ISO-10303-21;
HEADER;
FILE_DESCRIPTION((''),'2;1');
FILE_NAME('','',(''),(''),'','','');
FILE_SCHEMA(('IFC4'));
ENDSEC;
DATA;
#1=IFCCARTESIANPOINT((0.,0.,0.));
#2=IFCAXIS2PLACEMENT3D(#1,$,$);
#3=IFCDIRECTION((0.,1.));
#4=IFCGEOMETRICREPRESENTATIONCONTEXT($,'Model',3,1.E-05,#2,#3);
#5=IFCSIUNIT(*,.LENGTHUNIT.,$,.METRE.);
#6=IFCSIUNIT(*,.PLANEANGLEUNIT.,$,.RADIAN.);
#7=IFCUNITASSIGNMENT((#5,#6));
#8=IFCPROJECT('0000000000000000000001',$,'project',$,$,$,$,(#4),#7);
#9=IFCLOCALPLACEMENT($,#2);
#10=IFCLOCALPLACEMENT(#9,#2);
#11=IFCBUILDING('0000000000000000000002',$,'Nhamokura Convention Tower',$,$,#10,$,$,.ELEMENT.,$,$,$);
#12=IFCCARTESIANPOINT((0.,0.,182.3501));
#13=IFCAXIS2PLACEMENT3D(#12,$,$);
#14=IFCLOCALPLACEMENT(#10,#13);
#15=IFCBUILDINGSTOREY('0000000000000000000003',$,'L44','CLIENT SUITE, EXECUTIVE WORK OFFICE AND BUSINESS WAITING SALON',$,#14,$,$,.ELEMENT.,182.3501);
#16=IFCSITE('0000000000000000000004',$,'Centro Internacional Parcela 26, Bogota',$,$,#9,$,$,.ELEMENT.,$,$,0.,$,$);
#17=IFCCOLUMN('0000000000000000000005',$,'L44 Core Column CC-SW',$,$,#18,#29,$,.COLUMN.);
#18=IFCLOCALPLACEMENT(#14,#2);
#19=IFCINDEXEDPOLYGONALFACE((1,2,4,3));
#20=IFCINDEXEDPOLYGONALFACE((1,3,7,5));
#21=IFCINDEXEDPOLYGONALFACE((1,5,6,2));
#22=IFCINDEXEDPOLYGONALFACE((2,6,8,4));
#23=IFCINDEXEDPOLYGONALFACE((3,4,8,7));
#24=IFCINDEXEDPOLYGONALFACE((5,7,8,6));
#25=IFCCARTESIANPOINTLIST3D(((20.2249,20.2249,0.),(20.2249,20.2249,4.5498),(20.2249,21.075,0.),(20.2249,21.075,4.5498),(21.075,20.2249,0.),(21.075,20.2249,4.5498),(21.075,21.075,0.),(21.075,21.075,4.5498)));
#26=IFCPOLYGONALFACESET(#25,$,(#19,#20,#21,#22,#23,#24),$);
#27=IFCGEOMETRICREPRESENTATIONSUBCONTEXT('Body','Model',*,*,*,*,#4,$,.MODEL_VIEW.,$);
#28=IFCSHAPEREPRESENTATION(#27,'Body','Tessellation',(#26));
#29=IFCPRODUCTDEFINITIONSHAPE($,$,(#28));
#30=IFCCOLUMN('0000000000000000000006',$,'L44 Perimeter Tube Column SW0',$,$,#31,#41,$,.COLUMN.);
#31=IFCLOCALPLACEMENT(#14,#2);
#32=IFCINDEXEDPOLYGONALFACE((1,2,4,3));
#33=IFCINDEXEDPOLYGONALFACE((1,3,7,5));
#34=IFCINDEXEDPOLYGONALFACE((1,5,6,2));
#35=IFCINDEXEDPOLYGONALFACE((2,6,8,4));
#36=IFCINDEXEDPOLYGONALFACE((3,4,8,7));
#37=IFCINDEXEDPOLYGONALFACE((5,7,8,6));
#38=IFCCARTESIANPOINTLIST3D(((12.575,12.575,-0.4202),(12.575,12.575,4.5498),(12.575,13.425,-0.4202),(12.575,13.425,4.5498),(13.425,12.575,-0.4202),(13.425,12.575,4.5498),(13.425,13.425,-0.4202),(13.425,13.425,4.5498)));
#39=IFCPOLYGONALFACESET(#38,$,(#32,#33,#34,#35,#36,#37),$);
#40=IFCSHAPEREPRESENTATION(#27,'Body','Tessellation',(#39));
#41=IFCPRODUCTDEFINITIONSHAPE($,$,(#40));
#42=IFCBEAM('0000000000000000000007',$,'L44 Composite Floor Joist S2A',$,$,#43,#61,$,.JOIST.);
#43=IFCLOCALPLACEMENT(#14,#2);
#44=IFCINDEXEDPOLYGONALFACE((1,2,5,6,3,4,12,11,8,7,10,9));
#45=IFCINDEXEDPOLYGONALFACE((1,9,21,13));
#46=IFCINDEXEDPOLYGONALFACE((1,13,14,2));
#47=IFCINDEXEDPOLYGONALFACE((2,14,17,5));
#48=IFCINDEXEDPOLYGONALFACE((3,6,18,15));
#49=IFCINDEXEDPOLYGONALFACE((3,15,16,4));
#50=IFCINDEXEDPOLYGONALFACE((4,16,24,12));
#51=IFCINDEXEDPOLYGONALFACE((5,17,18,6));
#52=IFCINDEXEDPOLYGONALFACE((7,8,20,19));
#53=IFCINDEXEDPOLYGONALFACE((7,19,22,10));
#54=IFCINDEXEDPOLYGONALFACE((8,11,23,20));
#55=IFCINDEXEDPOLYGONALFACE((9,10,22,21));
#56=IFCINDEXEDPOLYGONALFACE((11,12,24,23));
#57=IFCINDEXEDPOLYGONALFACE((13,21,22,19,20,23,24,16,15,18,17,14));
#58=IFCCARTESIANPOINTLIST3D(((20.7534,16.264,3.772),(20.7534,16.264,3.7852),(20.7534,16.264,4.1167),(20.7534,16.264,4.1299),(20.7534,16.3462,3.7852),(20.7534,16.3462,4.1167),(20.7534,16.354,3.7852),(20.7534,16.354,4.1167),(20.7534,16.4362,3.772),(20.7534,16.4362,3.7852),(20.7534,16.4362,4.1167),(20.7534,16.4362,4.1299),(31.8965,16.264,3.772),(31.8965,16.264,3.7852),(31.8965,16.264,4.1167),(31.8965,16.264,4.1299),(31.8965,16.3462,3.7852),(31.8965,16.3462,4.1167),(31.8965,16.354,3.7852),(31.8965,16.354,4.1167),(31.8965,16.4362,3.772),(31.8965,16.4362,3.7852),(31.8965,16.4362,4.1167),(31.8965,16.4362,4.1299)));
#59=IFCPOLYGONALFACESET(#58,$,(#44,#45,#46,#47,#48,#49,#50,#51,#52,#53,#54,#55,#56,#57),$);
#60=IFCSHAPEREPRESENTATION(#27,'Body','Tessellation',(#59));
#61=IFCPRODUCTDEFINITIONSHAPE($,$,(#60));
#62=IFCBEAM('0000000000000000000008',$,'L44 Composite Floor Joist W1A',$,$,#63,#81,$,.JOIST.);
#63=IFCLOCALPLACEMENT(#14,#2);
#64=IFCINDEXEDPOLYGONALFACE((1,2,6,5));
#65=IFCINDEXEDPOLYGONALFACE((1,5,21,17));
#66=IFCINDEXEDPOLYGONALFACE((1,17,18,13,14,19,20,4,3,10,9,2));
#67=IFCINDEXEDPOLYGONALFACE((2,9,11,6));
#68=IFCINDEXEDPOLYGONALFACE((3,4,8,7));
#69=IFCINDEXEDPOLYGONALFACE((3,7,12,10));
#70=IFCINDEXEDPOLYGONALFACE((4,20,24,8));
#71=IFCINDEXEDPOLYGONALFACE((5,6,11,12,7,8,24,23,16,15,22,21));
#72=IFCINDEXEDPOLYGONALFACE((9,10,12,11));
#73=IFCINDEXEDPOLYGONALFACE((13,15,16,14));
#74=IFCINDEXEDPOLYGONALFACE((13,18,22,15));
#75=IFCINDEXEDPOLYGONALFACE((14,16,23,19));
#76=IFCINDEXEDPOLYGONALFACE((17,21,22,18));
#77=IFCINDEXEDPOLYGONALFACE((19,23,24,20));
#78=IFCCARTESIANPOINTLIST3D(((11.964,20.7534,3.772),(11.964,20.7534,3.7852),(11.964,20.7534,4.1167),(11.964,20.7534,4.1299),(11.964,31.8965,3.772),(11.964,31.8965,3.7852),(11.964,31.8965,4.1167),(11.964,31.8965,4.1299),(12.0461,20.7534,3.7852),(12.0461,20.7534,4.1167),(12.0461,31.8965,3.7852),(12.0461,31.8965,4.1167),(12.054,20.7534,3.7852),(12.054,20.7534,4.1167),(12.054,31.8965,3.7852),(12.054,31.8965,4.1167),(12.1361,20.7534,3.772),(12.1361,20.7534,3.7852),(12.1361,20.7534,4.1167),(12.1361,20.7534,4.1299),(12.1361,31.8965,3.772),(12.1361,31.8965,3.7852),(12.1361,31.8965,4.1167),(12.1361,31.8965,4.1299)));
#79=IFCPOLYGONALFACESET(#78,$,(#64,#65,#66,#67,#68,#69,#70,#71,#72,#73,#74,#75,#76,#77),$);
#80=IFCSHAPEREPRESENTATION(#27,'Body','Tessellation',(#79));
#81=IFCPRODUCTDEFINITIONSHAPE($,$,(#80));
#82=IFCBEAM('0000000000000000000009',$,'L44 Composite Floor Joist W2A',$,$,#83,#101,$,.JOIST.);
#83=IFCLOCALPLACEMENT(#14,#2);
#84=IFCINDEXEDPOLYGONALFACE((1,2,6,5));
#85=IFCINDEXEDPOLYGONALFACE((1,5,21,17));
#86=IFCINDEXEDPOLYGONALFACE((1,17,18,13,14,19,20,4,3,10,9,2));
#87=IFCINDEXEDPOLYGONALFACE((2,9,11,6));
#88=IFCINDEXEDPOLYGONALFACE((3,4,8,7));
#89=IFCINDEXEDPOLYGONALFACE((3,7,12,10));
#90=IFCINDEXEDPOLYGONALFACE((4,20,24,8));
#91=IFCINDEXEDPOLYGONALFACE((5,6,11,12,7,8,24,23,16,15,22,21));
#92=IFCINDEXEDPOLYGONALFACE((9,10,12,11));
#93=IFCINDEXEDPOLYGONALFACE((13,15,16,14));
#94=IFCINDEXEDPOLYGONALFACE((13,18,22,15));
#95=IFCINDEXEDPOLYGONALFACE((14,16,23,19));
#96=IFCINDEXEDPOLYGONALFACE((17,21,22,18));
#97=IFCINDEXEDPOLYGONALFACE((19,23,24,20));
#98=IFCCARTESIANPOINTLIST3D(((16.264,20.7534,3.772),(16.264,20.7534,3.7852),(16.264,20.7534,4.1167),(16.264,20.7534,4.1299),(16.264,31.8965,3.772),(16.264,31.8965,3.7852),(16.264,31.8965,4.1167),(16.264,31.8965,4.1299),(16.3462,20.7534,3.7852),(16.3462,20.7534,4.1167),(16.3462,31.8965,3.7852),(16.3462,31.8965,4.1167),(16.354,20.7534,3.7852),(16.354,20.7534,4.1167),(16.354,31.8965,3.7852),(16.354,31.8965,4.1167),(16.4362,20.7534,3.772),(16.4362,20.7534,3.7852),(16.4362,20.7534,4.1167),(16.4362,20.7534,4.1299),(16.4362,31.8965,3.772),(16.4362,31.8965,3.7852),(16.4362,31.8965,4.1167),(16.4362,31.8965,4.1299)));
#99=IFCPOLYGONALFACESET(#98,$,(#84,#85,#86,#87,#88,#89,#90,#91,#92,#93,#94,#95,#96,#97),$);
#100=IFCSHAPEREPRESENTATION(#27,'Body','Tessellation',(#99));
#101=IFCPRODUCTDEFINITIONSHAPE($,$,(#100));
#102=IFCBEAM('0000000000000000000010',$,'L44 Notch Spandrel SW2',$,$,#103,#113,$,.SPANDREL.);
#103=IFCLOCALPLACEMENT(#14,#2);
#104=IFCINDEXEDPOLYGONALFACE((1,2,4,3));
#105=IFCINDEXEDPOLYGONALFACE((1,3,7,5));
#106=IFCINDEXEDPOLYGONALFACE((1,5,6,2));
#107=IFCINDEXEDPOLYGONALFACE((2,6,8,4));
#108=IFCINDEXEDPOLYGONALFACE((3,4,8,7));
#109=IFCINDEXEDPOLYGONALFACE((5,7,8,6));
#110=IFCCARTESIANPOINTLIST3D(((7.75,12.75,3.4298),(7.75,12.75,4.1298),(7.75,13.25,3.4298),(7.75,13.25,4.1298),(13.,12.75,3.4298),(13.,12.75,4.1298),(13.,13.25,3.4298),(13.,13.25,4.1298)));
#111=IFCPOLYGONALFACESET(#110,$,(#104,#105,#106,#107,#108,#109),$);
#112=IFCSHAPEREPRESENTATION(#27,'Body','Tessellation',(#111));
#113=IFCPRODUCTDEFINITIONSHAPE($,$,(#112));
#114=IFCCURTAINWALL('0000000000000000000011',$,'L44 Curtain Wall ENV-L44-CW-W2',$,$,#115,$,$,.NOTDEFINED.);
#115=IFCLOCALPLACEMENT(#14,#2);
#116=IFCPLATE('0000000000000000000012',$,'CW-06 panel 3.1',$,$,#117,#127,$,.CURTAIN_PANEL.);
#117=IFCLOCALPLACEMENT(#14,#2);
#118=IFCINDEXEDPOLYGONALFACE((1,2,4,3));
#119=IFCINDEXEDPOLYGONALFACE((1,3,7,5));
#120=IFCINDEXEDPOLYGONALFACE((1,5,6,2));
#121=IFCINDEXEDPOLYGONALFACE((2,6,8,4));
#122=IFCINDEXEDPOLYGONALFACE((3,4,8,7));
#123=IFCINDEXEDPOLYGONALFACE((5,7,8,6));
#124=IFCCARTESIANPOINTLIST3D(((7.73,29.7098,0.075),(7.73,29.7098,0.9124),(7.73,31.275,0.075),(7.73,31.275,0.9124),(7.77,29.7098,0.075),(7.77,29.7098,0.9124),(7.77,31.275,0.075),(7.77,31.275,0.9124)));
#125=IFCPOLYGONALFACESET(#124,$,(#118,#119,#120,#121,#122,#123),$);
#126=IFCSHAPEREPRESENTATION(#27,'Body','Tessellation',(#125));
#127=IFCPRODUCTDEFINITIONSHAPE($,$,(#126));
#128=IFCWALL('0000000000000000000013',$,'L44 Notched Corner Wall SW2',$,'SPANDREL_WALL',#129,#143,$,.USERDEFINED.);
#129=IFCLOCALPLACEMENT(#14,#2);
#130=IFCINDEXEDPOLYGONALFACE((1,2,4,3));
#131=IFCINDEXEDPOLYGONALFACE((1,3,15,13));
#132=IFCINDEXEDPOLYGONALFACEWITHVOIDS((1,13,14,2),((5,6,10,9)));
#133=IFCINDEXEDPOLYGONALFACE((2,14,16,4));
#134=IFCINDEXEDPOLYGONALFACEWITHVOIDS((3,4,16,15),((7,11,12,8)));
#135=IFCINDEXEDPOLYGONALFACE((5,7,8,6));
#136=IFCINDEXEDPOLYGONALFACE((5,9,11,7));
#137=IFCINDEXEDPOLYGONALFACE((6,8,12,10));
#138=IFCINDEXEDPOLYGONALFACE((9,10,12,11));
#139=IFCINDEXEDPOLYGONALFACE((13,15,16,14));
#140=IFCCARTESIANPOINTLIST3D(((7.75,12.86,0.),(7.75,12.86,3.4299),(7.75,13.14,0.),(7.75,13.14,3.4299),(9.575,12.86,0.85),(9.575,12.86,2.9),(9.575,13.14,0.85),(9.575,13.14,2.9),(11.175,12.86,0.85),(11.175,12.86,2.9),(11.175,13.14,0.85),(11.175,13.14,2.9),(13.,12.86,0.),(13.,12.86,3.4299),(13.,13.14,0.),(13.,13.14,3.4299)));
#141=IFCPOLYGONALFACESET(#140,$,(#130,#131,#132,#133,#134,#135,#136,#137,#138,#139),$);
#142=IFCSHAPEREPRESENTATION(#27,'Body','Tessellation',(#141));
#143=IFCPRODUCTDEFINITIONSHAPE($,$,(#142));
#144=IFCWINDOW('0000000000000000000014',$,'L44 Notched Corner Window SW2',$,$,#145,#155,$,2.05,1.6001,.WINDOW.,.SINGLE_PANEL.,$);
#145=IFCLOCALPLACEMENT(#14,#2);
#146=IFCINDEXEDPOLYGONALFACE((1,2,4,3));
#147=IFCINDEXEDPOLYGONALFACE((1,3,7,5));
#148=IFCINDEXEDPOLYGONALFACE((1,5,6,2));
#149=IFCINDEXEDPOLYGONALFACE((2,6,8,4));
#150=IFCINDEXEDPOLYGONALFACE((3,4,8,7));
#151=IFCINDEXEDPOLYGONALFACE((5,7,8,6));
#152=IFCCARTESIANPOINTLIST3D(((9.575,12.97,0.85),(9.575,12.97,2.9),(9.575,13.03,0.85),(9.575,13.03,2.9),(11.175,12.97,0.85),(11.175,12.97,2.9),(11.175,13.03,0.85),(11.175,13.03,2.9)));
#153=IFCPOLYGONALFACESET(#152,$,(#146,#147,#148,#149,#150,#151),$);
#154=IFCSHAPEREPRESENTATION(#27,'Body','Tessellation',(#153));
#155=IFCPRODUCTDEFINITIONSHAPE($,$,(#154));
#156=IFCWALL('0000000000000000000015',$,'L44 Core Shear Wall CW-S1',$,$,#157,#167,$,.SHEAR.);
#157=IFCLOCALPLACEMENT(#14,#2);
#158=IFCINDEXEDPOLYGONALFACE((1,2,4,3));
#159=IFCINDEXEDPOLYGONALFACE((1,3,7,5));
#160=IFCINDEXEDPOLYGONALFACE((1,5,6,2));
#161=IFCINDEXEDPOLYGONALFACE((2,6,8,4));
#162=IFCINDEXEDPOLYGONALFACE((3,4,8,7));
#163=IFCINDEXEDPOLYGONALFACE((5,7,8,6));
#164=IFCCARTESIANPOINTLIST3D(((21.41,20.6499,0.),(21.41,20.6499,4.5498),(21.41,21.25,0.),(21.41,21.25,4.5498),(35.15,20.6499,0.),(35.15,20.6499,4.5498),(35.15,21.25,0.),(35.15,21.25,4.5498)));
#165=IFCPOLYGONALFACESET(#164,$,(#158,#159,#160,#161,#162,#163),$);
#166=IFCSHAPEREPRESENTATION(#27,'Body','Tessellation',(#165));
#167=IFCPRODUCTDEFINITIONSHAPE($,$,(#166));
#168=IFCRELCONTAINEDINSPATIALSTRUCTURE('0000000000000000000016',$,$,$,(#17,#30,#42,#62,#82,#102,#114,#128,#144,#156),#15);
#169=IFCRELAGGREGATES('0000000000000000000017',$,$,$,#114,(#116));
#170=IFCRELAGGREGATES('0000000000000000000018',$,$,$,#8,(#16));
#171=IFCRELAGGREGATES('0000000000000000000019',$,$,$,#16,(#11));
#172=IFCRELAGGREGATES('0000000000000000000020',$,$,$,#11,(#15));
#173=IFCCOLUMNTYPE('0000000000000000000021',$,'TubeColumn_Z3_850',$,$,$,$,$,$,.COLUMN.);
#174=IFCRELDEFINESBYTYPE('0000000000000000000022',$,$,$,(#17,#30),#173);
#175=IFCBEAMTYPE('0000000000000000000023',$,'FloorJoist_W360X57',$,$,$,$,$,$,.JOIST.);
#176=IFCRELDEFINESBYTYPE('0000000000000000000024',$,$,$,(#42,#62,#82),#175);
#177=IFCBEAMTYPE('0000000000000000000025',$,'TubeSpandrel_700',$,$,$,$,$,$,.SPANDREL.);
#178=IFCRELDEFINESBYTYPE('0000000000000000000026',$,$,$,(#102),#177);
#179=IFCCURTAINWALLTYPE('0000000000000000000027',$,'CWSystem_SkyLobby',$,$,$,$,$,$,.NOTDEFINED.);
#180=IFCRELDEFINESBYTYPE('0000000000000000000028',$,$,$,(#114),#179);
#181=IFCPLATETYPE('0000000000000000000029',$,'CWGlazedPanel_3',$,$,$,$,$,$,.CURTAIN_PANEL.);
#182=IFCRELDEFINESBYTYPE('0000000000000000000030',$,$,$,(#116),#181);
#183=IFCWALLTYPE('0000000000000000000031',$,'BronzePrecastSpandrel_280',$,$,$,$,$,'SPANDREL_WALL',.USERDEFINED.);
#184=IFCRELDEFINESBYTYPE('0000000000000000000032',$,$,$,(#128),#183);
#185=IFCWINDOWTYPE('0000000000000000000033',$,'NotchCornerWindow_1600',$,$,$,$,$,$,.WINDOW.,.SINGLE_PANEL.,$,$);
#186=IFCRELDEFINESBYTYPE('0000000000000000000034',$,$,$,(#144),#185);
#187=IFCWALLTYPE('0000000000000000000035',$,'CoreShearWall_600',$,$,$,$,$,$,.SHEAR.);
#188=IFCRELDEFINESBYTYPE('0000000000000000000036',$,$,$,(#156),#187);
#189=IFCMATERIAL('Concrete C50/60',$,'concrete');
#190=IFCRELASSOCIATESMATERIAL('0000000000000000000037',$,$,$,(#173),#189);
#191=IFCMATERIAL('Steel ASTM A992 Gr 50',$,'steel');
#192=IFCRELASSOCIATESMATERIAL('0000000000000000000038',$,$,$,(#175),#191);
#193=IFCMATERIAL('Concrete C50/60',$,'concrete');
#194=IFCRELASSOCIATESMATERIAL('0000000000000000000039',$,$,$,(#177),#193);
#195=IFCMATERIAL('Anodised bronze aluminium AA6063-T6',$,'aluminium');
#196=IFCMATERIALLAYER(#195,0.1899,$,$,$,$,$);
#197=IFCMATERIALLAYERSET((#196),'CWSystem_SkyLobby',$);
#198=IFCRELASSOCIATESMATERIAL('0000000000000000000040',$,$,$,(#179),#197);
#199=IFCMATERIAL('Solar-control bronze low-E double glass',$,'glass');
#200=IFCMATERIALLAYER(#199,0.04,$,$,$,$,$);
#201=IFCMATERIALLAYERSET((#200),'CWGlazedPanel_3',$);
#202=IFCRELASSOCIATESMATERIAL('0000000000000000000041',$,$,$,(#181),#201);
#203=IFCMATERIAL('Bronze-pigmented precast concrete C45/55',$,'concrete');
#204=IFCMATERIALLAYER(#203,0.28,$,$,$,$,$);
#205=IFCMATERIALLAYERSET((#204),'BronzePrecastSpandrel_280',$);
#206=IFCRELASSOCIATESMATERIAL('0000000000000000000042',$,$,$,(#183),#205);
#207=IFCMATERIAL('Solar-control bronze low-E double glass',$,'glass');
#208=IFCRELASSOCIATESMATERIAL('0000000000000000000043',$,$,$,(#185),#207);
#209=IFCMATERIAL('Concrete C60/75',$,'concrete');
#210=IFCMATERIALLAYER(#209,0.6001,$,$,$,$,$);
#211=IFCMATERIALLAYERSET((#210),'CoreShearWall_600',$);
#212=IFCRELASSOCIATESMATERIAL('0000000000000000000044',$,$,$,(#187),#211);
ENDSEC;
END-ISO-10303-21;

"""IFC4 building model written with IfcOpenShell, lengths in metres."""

from ifc_helpers import new_model, si_unit, direction, frame, frame_2d, origin, origin_2d, place, context, subcontext, project, spatial, rectangle, i_section, extrude, material, layer, layer_set, material_profile, profile_set, type_object, element, fill, aggregate, save


model = new_model("IFC4")

# Units and contexts
model_context = context("Model", 3, precision=1e-05, world=origin(), true_north=direction((0.0, 1.0)))
body_context = subcontext(model_context, "Body", "Model", "MODEL_VIEW")
ifc_project = project(units=[si_unit("LENGTHUNIT", "METRE"), si_unit("PLANEANGLEUNIT", "RADIAN")], contexts=[model_context])

# Site, building, storey
site_placement = place(None, origin())
site = spatial("IfcSite", under=ifc_project, at=site_placement, Name="Centro Internacional Parcela 26, Bogota", CompositionType="ELEMENT", RefElevation=0.0)
building_placement = place(site_placement, origin())
building = spatial("IfcBuilding", under=site, at=building_placement, Name="Nhamokura Convention Tower", CompositionType="ELEMENT")
storey_placement = place(building_placement, frame((0.0, 0.0, 182.3501)))
storey = spatial("IfcBuildingStorey", under=building, at=storey_placement, Name="L44", Description="CLIENT SUITE, EXECUTIVE WORK OFFICE AND BUSINESS WAITING SALON", CompositionType="ELEMENT", Elevation=182.3501)

# Columns
ifc_material_1 = material(Name="Concrete C50/60", Category="concrete")
ifc_material_profile_1 = material_profile(ifc_material_1, rectangle(XDim=0.8501, YDim=0.8501, at=origin_2d()))
ifc_profile_set_1 = profile_set([ifc_material_profile_1], Name="Concrete C50/60")
column_type = type_object("IfcColumnType", Name="TubeColumn_Z3_850", PredefinedType="COLUMN", material=ifc_profile_set_1)
column_1_placement = place(storey_placement, frame((20.6499, 20.6499, 0.0), z_axis=(0.0, 0.0, 1.0), x_axis=(1.0, 0.0, 0.0)))
element("IfcColumn", 1, at=column_1_placement, inside=storey, type_object=column_type, Name="L44 Core Column CC-SW", PredefinedType="COLUMN", context=body_context, shape_type="SweptSolid", body=[
    extrude(rectangle(XDim=0.8501, YDim=0.8501, at=origin_2d()), origin(), (0.0, 0.0, 1.0), 4.5498),
])
column_2_placement = place(storey_placement, frame((13.0, 13.0, -0.4202), z_axis=(0.0, 0.0, 1.0), x_axis=(1.0, 0.0, 0.0)))
element("IfcColumn", 2, at=column_2_placement, inside=storey, type_object=column_type, Name="L44 Perimeter Tube Column SW0", PredefinedType="COLUMN", context=body_context, shape_type="SweptSolid", body=[
    extrude(rectangle(XDim=0.8501, YDim=0.8501, at=origin_2d()), origin(), (0.0, 0.0, 1.0), 4.97),
])

# Beams
ifc_material_2 = material(Name="Steel ASTM A992 Gr 50", Category="steel")
ifc_material_profile_2 = material_profile(ifc_material_2, i_section(OverallWidth=0.1721, OverallDepth=0.3579, WebThickness=0.0078, FlangeThickness=0.0132, at=origin_2d()))
ifc_profile_set_2 = profile_set([ifc_material_profile_2], Name="Steel ASTM A992 Gr 50")
beam_type_1 = type_object("IfcBeamType", Name="FloorJoist_W360X57", PredefinedType="JOIST", material=ifc_profile_set_2)
for number, where, z_axis, x_axis, name in (
    (3, (20.7534, 16.3501, 3.9509), (1.0, 0.0, 0.0), (0.0, 1.0, 0.0), "L44 Composite Floor Joist S2A"),
    (4, (12.05, 20.7534, 3.9509), (0.0, 1.0, 0.0), (-1.0, 0.0, 0.0), "L44 Composite Floor Joist W1A"),
    (5, (16.3501, 20.7534, 3.9509), (0.0, 1.0, 0.0), (-1.0, 0.0, 0.0), "L44 Composite Floor Joist W2A"),
):
    element("IfcBeam", number, at=place(storey_placement, frame(where, z_axis=z_axis, x_axis=x_axis)), inside=storey, type_object=beam_type_1, Name=name, PredefinedType="JOIST", context=body_context, shape_type="SweptSolid", body=[
        extrude(i_section(OverallWidth=0.1721, OverallDepth=0.3579, WebThickness=0.0078, FlangeThickness=0.0132, at=origin_2d()), origin(), (0.0, 0.0, 1.0), 11.1431),
    ])
ifc_material_3 = material(Name="Concrete C50/60", Category="concrete")
ifc_material_profile_3 = material_profile(ifc_material_3, rectangle(XDim=0.5, YDim=0.7, at=origin_2d()))
ifc_profile_set_3 = profile_set([ifc_material_profile_3], Name="Concrete C50/60")
beam_type_2 = type_object("IfcBeamType", Name="TubeSpandrel_700", PredefinedType="SPANDREL", material=ifc_profile_set_3)
beam_placement = place(storey_placement, frame((13.0, 13.0, 3.7798), z_axis=(-1.0, 0.0, 0.0), x_axis=(0.0, -1.0, 0.0)))
element("IfcBeam", 6, at=beam_placement, inside=storey, type_object=beam_type_2, Name="L44 Notch Spandrel SW2", PredefinedType="SPANDREL", context=body_context, shape_type="SweptSolid", body=[
    extrude(rectangle(XDim=0.5, YDim=0.7, at=origin_2d()), origin(), (0.0, 0.0, 1.0), 5.25),
])

# Curtain wall, plate
ifc_material_4 = material(Name="Anodised bronze aluminium AA6063-T6", Category="aluminium")
ifc_layer_1 = layer(ifc_material_4, 0.1899)
ifc_layer_set_1 = layer_set([ifc_layer_1], Name="CWSystem_SkyLobby")
curtain_wall_type = type_object("IfcCurtainWallType", Name="CWSystem_SkyLobby", PredefinedType="NOTDEFINED", material=ifc_layer_set_1)
curtain_wall_placement = place(storey_placement, origin())
curtain_wall = element("IfcCurtainWall", 7, at=curtain_wall_placement, inside=storey, type_object=curtain_wall_type, Name="L44 Curtain Wall ENV-L44-CW-W2", PredefinedType="NOTDEFINED")
ifc_material_5 = material(Name="Solar-control bronze low-E double glass", Category="glass")
ifc_layer_2 = layer(ifc_material_5, 0.04)
ifc_layer_set_2 = layer_set([ifc_layer_2], Name="CWGlazedPanel_3")
plate_type = type_object("IfcPlateType", Name="CWGlazedPanel_3", PredefinedType="CURTAIN_PANEL", material=ifc_layer_set_2)
plate_placement = place(storey_placement, frame((7.75, 30.4924, 0.075), z_axis=(0.0, 0.0, 1.0), x_axis=(0.0, 1.0, 0.0)))
plate = element("IfcPlate", 8, at=plate_placement, type_object=plate_type, Name="CW-06 panel 3.1", PredefinedType="CURTAIN_PANEL", context=body_context, shape_type="SweptSolid", body=[
    extrude(rectangle(XDim=1.5652, YDim=0.04, at=origin_2d()), origin(), (0.0, 0.0, 1.0), 0.8374),
])
aggregate(curtain_wall, [plate])

# Wall, opening, window
ifc_material_6 = material(Name="Bronze-pigmented precast concrete C45/55", Category="concrete")
ifc_layer_3 = layer(ifc_material_6, 0.28)
ifc_layer_set_3 = layer_set([ifc_layer_3], Name="BronzePrecastSpandrel_280")
wall_type_1 = type_object("IfcWallType", Name="BronzePrecastSpandrel_280", ElementType="SPANDREL_WALL", PredefinedType="USERDEFINED", material=ifc_layer_set_3)
wall_1_placement = place(storey_placement, frame((13.0, 13.0, 0.0), z_axis=(0.0, 0.0, 1.0), x_axis=(-1.0, 0.0, 0.0)))
wall_1 = element("IfcWall", 9, at=wall_1_placement, inside=storey, type_object=wall_type_1, Name="L44 Notched Corner Wall SW2", ObjectType="SPANDREL_WALL", PredefinedType="USERDEFINED", context=body_context, shape_type="SweptSolid", body=[
    extrude(rectangle(XDim=5.25, YDim=0.28, at=frame_2d((2.625, 0.0))), origin(), (0.0, 0.0, 1.0), 3.4299),
])
opening_1_placement = place(wall_1_placement, frame((1.825, 0.0, 0.8501)))
opening_1 = element("IfcOpeningElement", 10, at=opening_1_placement, cuts=wall_1, PredefinedType="OPENING", context=body_context, shape_type="SweptSolid", body=[
    extrude(rectangle(XDim=1.6001, YDim=2.05, at=frame_2d((0.8, 1.0249))), frame((0.0, 0.1499, 0.0), z_axis=(0.0, -1.0, 0.0), x_axis=(1.0, 0.0, 0.0)), (0.0, 0.0, 1.0), 0.3),
])
ifc_material_7 = material(Name="Solar-control bronze low-E double glass", Category="glass")
window_type = type_object("IfcWindowType", Name="NotchCornerWindow_1600", PartitioningType="SINGLE_PANEL", PredefinedType="WINDOW", material=ifc_material_7)
window_placement = place(opening_1_placement, origin())
window = element("IfcWindow", 11, at=window_placement, inside=storey, type_object=window_type, Name="L44 Notched Corner Window SW2", OverallHeight=2.05, OverallWidth=1.6001, PartitioningType="SINGLE_PANEL", PredefinedType="WINDOW", context=body_context, shape_type="SweptSolid", body=[
    extrude(rectangle(XDim=1.6001, YDim=2.05, at=frame_2d((0.8, 1.0249))), frame((0.0, 0.03, 0.0), z_axis=(0.0, -1.0, 0.0), x_axis=(1.0, 0.0, 0.0)), (0.0, 0.0, 1.0), 0.0601),
])
fill(opening_1, window)

# Shared definitions
ifc_material_8 = material(Name="Concrete C60/75", Category="concrete")
ifc_layer_4 = layer(ifc_material_8, 0.6001)
ifc_layer_set_4 = layer_set([ifc_layer_4], Name="CoreShearWall_600")
wall_type_2 = type_object("IfcWallType", Name="CoreShearWall_600", PredefinedType="SHEAR", material=ifc_layer_set_4)

# Wall
wall_2_placement = place(storey_placement, frame((21.4099, 20.95, 0.0), z_axis=(0.0, 0.0, 1.0), x_axis=(1.0, 0.0, 0.0)))
element("IfcWall", 12, at=wall_2_placement, inside=storey, type_object=wall_type_2, Name="L44 Core Shear Wall CW-S1", PredefinedType="SHEAR", context=body_context, shape_type="SweptSolid", body=[
    extrude(rectangle(XDim=13.74, YDim=0.6001, at=frame_2d((6.8701, 0.0))), origin(), (0.0, 0.0, 1.0), 4.5498),
])

save(model, "model.ifc")
